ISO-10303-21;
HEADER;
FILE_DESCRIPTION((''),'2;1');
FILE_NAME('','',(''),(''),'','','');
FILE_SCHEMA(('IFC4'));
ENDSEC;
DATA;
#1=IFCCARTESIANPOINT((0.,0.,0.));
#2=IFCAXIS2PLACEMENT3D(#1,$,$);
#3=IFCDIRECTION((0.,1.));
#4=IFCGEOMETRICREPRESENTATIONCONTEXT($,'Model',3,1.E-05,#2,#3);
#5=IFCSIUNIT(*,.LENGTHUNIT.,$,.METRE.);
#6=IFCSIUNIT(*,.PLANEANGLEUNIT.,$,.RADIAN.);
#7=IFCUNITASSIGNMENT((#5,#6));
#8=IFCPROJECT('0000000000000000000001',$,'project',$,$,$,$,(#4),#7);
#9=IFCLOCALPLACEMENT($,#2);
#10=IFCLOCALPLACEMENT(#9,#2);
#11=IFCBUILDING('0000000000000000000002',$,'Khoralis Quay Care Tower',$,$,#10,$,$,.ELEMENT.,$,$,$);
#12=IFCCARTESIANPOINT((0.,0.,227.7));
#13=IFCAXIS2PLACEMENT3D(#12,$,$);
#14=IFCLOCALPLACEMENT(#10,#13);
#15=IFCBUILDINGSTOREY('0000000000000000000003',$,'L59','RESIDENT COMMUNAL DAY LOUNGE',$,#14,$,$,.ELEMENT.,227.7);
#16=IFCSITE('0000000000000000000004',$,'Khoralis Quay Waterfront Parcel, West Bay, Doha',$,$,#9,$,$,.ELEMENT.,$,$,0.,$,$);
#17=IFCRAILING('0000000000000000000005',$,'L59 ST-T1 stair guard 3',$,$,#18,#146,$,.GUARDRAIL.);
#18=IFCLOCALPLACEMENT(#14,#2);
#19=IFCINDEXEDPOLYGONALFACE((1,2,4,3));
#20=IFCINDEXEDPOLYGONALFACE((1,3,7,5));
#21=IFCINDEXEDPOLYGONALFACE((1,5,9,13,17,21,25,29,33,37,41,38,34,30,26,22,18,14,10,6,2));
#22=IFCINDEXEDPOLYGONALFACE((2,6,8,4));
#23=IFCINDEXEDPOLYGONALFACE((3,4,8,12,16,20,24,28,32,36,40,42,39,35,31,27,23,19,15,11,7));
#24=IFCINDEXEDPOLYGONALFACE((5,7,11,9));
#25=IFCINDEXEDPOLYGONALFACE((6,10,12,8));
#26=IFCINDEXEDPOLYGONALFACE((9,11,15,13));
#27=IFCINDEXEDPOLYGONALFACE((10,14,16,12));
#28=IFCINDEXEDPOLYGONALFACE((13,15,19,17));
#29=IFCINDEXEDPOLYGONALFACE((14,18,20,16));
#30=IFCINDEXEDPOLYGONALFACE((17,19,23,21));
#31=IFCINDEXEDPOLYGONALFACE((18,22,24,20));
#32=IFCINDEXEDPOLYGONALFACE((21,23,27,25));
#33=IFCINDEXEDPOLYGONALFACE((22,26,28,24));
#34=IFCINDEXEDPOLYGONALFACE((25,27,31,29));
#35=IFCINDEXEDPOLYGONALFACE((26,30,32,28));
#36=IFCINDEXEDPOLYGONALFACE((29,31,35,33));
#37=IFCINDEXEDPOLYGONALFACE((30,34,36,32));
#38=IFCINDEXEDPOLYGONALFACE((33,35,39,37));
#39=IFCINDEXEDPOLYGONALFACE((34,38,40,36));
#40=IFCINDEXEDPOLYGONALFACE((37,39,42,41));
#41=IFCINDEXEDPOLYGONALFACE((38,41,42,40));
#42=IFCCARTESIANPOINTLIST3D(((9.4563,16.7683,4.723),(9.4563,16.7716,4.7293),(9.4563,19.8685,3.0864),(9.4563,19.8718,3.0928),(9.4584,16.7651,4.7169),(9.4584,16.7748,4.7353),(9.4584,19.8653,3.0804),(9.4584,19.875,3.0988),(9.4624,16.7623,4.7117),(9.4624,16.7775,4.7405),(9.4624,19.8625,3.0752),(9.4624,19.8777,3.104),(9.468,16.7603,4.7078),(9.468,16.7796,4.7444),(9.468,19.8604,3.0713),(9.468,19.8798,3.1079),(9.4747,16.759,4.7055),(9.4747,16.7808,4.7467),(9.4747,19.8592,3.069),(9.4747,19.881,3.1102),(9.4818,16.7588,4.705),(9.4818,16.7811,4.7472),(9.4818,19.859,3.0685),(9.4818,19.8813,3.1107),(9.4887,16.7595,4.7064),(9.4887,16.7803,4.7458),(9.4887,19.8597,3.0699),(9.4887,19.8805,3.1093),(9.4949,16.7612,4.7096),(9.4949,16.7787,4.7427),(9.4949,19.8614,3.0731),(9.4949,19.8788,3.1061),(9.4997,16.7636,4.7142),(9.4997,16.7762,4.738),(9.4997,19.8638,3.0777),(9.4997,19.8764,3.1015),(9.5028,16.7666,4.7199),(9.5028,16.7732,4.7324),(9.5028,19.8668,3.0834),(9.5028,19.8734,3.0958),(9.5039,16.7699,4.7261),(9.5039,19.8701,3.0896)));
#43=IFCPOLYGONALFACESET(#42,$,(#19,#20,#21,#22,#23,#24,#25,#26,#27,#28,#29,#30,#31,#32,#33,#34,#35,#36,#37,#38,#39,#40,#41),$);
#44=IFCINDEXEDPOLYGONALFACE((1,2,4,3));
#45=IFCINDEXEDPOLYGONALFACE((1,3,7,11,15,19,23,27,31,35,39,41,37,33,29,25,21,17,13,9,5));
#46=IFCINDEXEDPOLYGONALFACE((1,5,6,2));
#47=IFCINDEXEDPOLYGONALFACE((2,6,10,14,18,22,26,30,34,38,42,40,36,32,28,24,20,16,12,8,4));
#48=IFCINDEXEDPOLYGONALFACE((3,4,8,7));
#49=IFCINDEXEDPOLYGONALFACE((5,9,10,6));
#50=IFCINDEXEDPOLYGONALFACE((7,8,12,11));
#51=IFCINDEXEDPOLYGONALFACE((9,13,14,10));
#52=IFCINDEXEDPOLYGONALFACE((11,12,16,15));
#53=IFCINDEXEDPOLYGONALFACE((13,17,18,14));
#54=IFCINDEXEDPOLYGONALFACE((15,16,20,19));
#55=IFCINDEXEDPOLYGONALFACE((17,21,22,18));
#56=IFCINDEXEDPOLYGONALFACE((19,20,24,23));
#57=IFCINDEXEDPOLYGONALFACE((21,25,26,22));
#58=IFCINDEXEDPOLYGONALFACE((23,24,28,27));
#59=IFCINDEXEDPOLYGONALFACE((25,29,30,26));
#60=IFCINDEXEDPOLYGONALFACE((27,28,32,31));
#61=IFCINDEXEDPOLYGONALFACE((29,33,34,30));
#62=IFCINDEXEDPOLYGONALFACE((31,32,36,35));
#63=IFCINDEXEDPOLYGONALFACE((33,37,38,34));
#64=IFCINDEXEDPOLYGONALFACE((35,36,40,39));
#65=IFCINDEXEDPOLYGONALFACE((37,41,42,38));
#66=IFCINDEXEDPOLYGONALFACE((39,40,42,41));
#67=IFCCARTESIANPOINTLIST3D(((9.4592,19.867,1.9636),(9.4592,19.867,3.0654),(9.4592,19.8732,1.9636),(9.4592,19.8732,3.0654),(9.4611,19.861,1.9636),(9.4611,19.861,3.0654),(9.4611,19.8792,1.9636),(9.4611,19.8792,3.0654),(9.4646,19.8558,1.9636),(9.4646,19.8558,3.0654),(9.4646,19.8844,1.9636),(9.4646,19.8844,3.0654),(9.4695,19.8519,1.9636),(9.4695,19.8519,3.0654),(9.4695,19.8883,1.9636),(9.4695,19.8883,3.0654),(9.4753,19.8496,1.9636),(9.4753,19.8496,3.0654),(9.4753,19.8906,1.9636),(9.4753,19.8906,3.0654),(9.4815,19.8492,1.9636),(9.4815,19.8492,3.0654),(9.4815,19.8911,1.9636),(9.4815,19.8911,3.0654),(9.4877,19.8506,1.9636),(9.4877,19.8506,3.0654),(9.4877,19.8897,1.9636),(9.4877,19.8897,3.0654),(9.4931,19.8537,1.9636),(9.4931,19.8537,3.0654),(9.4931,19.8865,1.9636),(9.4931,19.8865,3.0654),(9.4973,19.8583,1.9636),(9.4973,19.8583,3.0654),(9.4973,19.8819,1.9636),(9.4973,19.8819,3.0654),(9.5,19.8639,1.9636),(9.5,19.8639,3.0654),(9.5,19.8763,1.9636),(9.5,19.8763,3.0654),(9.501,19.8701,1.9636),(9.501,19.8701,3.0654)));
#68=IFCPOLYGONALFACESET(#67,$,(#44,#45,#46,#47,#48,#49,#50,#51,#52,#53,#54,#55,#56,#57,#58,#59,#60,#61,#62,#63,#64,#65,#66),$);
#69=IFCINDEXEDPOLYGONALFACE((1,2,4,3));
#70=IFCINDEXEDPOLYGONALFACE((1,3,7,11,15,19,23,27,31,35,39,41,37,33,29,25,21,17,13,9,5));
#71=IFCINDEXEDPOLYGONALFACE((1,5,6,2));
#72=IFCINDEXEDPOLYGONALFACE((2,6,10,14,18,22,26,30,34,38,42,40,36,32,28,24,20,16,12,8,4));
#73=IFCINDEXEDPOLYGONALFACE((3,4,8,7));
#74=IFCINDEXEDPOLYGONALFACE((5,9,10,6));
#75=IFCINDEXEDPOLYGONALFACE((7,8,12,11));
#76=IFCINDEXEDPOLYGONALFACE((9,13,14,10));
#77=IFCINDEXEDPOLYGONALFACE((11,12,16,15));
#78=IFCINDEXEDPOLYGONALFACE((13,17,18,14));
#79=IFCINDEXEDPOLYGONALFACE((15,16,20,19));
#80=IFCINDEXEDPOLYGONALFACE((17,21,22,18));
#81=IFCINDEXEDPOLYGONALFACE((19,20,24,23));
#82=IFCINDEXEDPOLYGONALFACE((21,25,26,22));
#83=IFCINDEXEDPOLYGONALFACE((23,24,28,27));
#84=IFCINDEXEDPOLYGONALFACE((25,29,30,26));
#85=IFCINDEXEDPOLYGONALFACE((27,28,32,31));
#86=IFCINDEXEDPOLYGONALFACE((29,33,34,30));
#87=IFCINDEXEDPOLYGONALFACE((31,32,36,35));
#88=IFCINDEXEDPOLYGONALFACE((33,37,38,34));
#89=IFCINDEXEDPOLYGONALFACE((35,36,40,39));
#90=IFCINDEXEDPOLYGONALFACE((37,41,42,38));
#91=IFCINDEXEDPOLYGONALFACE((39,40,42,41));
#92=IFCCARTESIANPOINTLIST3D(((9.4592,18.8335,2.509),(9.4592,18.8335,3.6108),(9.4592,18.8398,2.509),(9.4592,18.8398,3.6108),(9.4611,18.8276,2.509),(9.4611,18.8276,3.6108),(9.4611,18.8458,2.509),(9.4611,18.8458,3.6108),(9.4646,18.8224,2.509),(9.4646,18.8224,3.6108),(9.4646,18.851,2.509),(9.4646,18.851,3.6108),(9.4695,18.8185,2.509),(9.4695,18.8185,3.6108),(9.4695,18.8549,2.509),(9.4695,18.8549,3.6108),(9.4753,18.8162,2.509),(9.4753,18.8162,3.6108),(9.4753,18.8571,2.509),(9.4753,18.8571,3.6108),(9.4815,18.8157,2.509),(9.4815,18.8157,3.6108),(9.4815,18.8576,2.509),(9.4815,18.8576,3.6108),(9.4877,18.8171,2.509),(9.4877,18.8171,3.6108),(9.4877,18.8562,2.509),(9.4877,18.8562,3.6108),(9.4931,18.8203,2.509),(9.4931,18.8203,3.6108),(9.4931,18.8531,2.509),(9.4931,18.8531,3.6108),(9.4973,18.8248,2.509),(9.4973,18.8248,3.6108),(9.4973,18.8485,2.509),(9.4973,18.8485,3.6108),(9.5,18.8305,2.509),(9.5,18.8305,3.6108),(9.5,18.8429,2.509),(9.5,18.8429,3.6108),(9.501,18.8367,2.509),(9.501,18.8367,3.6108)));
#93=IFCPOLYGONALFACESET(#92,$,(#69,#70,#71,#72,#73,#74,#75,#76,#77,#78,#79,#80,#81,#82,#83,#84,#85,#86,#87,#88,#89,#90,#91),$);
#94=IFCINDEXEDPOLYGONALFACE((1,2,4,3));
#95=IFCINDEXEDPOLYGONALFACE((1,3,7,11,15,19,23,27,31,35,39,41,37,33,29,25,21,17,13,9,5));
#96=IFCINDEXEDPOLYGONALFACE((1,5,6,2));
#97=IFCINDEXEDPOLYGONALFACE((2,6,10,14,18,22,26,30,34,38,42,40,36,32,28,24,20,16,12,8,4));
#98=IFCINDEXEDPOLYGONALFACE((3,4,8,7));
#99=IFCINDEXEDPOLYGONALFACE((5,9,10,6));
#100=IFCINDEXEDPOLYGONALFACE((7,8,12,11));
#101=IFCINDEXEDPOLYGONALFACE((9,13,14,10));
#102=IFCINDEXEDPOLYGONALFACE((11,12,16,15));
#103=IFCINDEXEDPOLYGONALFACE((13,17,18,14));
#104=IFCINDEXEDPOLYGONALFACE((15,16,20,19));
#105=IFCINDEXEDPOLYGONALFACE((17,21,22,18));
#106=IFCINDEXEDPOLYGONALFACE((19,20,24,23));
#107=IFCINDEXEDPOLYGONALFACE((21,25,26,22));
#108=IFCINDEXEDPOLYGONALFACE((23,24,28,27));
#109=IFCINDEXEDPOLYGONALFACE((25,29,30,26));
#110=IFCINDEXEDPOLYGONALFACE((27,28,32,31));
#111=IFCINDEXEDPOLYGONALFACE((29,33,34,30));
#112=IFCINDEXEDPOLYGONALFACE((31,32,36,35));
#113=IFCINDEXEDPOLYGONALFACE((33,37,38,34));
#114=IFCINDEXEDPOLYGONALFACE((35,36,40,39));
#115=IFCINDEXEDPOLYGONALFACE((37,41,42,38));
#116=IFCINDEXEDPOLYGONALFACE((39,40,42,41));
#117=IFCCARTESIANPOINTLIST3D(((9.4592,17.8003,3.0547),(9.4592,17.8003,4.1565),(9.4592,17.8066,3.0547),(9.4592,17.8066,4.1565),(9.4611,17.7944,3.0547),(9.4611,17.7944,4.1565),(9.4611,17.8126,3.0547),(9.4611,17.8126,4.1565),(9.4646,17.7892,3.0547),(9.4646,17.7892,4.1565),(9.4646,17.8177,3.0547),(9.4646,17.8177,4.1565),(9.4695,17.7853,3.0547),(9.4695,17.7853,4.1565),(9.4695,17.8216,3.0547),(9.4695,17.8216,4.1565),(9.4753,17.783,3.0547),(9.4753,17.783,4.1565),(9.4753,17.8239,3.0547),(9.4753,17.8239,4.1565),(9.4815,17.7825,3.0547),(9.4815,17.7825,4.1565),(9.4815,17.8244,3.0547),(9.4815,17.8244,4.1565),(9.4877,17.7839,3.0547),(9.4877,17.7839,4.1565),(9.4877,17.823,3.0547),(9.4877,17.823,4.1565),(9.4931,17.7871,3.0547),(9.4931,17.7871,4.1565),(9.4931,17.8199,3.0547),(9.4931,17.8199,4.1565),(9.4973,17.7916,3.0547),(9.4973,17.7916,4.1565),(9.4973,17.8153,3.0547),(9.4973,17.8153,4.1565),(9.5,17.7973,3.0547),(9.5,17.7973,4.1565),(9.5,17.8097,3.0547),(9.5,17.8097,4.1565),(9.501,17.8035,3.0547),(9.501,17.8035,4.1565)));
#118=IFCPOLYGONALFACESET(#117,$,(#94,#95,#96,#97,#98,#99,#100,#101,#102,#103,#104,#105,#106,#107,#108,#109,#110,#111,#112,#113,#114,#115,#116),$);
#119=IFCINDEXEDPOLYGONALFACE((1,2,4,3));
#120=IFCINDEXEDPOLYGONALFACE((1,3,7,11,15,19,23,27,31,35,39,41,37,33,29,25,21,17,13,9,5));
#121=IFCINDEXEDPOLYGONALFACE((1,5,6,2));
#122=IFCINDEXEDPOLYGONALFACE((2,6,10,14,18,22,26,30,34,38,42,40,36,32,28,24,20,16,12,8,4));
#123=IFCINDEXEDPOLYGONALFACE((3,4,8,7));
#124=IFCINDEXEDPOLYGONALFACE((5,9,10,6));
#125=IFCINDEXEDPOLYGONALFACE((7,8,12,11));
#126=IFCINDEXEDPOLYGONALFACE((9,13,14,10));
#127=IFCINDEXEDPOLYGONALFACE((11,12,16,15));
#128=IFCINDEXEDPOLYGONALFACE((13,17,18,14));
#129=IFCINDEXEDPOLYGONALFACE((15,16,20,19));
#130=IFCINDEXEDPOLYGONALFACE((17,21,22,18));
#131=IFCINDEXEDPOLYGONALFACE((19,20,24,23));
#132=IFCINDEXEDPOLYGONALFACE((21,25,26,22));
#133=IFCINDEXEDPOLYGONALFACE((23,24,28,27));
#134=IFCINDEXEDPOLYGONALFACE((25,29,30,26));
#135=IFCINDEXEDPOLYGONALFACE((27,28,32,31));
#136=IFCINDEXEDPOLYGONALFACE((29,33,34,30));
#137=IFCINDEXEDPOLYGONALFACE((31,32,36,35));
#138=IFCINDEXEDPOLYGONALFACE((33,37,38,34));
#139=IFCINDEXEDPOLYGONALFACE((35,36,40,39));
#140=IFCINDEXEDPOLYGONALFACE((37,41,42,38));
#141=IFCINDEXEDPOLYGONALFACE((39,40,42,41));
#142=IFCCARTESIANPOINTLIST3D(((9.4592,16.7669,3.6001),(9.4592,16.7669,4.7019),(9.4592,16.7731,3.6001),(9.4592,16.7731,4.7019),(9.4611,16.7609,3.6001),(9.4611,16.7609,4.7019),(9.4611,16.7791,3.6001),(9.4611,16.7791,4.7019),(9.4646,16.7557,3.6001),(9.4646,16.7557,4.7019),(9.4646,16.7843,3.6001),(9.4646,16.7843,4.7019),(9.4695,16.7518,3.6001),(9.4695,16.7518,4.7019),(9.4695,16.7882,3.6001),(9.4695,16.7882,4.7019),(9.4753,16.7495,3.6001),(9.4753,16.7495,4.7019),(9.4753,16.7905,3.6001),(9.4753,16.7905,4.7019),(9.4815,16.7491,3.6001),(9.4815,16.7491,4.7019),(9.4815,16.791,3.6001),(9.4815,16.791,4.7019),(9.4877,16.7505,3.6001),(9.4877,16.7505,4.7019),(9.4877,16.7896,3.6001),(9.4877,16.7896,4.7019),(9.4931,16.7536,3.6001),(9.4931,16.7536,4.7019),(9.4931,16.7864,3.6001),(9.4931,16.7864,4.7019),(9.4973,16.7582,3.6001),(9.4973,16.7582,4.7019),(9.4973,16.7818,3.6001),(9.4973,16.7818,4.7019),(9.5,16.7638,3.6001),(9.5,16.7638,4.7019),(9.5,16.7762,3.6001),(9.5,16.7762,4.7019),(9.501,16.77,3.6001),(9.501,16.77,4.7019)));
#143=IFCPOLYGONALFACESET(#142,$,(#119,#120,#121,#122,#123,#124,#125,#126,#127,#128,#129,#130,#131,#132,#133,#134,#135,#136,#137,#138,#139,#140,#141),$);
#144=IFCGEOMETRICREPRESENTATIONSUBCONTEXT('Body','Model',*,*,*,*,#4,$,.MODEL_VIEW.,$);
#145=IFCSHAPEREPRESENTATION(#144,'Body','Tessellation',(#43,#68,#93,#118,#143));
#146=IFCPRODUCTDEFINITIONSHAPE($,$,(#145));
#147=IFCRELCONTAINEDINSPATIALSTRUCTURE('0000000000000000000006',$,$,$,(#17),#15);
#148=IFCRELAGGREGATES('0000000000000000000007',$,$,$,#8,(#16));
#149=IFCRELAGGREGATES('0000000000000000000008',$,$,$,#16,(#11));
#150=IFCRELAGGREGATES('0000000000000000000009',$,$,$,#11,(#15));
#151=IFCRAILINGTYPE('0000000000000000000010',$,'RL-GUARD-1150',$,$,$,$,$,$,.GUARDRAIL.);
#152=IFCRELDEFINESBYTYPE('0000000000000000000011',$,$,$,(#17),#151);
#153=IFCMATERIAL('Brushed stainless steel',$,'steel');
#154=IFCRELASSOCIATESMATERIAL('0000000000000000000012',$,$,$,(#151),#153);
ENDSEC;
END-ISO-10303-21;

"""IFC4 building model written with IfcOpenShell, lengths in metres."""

from ifc_helpers import new_model, si_unit, direction, frame, origin, origin_2d, place, context, subcontext, project, spatial, circle, extrude, material, type_object, element, save


model = new_model("IFC4")

# Units and contexts
model_context = context("Model", 3, precision=1e-05, world=origin(), true_north=direction((0.0, 1.0)))
body_context = subcontext(model_context, "Body", "Model", "MODEL_VIEW")
ifc_project = project(units=[si_unit("LENGTHUNIT", "METRE"), si_unit("PLANEANGLEUNIT", "RADIAN")], contexts=[model_context])

# Site, building, storey
site_placement = place(None, origin())
site = spatial("IfcSite", under=ifc_project, at=site_placement, Name="Khoralis Quay Waterfront Parcel, West Bay, Doha", CompositionType="ELEMENT", RefElevation=0.0)
building_placement = place(site_placement, origin())
building = spatial("IfcBuilding", under=site, at=building_placement, Name="Khoralis Quay Care Tower", CompositionType="ELEMENT")
storey_placement = place(building_placement, frame((0.0, 0.0, 227.7)))
storey = spatial("IfcBuildingStorey", under=building, at=storey_placement, Name="L59", Description="RESIDENT COMMUNAL DAY LOUNGE", CompositionType="ELEMENT", Elevation=227.7)

# Railing
ifc_material_1 = material(Name="Brushed stainless steel", Category="steel")
railing_type_1 = type_object("IfcRailingType", Name="RL-GUARD-1150", PredefinedType="GUARDRAIL", material=ifc_material_1)
railing_1_placement = place(storey_placement, frame((9.48, 19.8701, 1.9636)))
element("IfcRailing", 1, at=railing_1_placement, inside=storey, type_object=railing_type_1, Name="L59 ST-T1 stair guard 3", PredefinedType="GUARDRAIL", context=body_context, shape_type="SweptSolid", body=[
    extrude(circle(Radius=0.0239, at=origin_2d()), frame((0.0, 0.0, 1.126), z_axis=(0.0, -0.884348, 0.466828), x_axis=(1.0, 0.0, 0.0)), (0.0, 0.0, 1.0), 3.5056),
    extrude(circle(Radius=0.021, at=origin_2d()), origin(), (0.0, 0.0, 1.0), 1.1018),
    extrude(circle(Radius=0.021, at=origin_2d()), frame((0.0, -1.0334, 0.5454)), (0.0, 0.0, 1.0), 1.1018),
    extrude(circle(Radius=0.021, at=origin_2d()), frame((0.0, -2.0667, 1.0911)), (0.0, 0.0, 1.0), 1.1018),
    extrude(circle(Radius=0.021, at=origin_2d()), frame((0.0, -3.1001, 1.6365)), (0.0, 0.0, 1.0), 1.1018),
])

save(model, "model.ifc")
